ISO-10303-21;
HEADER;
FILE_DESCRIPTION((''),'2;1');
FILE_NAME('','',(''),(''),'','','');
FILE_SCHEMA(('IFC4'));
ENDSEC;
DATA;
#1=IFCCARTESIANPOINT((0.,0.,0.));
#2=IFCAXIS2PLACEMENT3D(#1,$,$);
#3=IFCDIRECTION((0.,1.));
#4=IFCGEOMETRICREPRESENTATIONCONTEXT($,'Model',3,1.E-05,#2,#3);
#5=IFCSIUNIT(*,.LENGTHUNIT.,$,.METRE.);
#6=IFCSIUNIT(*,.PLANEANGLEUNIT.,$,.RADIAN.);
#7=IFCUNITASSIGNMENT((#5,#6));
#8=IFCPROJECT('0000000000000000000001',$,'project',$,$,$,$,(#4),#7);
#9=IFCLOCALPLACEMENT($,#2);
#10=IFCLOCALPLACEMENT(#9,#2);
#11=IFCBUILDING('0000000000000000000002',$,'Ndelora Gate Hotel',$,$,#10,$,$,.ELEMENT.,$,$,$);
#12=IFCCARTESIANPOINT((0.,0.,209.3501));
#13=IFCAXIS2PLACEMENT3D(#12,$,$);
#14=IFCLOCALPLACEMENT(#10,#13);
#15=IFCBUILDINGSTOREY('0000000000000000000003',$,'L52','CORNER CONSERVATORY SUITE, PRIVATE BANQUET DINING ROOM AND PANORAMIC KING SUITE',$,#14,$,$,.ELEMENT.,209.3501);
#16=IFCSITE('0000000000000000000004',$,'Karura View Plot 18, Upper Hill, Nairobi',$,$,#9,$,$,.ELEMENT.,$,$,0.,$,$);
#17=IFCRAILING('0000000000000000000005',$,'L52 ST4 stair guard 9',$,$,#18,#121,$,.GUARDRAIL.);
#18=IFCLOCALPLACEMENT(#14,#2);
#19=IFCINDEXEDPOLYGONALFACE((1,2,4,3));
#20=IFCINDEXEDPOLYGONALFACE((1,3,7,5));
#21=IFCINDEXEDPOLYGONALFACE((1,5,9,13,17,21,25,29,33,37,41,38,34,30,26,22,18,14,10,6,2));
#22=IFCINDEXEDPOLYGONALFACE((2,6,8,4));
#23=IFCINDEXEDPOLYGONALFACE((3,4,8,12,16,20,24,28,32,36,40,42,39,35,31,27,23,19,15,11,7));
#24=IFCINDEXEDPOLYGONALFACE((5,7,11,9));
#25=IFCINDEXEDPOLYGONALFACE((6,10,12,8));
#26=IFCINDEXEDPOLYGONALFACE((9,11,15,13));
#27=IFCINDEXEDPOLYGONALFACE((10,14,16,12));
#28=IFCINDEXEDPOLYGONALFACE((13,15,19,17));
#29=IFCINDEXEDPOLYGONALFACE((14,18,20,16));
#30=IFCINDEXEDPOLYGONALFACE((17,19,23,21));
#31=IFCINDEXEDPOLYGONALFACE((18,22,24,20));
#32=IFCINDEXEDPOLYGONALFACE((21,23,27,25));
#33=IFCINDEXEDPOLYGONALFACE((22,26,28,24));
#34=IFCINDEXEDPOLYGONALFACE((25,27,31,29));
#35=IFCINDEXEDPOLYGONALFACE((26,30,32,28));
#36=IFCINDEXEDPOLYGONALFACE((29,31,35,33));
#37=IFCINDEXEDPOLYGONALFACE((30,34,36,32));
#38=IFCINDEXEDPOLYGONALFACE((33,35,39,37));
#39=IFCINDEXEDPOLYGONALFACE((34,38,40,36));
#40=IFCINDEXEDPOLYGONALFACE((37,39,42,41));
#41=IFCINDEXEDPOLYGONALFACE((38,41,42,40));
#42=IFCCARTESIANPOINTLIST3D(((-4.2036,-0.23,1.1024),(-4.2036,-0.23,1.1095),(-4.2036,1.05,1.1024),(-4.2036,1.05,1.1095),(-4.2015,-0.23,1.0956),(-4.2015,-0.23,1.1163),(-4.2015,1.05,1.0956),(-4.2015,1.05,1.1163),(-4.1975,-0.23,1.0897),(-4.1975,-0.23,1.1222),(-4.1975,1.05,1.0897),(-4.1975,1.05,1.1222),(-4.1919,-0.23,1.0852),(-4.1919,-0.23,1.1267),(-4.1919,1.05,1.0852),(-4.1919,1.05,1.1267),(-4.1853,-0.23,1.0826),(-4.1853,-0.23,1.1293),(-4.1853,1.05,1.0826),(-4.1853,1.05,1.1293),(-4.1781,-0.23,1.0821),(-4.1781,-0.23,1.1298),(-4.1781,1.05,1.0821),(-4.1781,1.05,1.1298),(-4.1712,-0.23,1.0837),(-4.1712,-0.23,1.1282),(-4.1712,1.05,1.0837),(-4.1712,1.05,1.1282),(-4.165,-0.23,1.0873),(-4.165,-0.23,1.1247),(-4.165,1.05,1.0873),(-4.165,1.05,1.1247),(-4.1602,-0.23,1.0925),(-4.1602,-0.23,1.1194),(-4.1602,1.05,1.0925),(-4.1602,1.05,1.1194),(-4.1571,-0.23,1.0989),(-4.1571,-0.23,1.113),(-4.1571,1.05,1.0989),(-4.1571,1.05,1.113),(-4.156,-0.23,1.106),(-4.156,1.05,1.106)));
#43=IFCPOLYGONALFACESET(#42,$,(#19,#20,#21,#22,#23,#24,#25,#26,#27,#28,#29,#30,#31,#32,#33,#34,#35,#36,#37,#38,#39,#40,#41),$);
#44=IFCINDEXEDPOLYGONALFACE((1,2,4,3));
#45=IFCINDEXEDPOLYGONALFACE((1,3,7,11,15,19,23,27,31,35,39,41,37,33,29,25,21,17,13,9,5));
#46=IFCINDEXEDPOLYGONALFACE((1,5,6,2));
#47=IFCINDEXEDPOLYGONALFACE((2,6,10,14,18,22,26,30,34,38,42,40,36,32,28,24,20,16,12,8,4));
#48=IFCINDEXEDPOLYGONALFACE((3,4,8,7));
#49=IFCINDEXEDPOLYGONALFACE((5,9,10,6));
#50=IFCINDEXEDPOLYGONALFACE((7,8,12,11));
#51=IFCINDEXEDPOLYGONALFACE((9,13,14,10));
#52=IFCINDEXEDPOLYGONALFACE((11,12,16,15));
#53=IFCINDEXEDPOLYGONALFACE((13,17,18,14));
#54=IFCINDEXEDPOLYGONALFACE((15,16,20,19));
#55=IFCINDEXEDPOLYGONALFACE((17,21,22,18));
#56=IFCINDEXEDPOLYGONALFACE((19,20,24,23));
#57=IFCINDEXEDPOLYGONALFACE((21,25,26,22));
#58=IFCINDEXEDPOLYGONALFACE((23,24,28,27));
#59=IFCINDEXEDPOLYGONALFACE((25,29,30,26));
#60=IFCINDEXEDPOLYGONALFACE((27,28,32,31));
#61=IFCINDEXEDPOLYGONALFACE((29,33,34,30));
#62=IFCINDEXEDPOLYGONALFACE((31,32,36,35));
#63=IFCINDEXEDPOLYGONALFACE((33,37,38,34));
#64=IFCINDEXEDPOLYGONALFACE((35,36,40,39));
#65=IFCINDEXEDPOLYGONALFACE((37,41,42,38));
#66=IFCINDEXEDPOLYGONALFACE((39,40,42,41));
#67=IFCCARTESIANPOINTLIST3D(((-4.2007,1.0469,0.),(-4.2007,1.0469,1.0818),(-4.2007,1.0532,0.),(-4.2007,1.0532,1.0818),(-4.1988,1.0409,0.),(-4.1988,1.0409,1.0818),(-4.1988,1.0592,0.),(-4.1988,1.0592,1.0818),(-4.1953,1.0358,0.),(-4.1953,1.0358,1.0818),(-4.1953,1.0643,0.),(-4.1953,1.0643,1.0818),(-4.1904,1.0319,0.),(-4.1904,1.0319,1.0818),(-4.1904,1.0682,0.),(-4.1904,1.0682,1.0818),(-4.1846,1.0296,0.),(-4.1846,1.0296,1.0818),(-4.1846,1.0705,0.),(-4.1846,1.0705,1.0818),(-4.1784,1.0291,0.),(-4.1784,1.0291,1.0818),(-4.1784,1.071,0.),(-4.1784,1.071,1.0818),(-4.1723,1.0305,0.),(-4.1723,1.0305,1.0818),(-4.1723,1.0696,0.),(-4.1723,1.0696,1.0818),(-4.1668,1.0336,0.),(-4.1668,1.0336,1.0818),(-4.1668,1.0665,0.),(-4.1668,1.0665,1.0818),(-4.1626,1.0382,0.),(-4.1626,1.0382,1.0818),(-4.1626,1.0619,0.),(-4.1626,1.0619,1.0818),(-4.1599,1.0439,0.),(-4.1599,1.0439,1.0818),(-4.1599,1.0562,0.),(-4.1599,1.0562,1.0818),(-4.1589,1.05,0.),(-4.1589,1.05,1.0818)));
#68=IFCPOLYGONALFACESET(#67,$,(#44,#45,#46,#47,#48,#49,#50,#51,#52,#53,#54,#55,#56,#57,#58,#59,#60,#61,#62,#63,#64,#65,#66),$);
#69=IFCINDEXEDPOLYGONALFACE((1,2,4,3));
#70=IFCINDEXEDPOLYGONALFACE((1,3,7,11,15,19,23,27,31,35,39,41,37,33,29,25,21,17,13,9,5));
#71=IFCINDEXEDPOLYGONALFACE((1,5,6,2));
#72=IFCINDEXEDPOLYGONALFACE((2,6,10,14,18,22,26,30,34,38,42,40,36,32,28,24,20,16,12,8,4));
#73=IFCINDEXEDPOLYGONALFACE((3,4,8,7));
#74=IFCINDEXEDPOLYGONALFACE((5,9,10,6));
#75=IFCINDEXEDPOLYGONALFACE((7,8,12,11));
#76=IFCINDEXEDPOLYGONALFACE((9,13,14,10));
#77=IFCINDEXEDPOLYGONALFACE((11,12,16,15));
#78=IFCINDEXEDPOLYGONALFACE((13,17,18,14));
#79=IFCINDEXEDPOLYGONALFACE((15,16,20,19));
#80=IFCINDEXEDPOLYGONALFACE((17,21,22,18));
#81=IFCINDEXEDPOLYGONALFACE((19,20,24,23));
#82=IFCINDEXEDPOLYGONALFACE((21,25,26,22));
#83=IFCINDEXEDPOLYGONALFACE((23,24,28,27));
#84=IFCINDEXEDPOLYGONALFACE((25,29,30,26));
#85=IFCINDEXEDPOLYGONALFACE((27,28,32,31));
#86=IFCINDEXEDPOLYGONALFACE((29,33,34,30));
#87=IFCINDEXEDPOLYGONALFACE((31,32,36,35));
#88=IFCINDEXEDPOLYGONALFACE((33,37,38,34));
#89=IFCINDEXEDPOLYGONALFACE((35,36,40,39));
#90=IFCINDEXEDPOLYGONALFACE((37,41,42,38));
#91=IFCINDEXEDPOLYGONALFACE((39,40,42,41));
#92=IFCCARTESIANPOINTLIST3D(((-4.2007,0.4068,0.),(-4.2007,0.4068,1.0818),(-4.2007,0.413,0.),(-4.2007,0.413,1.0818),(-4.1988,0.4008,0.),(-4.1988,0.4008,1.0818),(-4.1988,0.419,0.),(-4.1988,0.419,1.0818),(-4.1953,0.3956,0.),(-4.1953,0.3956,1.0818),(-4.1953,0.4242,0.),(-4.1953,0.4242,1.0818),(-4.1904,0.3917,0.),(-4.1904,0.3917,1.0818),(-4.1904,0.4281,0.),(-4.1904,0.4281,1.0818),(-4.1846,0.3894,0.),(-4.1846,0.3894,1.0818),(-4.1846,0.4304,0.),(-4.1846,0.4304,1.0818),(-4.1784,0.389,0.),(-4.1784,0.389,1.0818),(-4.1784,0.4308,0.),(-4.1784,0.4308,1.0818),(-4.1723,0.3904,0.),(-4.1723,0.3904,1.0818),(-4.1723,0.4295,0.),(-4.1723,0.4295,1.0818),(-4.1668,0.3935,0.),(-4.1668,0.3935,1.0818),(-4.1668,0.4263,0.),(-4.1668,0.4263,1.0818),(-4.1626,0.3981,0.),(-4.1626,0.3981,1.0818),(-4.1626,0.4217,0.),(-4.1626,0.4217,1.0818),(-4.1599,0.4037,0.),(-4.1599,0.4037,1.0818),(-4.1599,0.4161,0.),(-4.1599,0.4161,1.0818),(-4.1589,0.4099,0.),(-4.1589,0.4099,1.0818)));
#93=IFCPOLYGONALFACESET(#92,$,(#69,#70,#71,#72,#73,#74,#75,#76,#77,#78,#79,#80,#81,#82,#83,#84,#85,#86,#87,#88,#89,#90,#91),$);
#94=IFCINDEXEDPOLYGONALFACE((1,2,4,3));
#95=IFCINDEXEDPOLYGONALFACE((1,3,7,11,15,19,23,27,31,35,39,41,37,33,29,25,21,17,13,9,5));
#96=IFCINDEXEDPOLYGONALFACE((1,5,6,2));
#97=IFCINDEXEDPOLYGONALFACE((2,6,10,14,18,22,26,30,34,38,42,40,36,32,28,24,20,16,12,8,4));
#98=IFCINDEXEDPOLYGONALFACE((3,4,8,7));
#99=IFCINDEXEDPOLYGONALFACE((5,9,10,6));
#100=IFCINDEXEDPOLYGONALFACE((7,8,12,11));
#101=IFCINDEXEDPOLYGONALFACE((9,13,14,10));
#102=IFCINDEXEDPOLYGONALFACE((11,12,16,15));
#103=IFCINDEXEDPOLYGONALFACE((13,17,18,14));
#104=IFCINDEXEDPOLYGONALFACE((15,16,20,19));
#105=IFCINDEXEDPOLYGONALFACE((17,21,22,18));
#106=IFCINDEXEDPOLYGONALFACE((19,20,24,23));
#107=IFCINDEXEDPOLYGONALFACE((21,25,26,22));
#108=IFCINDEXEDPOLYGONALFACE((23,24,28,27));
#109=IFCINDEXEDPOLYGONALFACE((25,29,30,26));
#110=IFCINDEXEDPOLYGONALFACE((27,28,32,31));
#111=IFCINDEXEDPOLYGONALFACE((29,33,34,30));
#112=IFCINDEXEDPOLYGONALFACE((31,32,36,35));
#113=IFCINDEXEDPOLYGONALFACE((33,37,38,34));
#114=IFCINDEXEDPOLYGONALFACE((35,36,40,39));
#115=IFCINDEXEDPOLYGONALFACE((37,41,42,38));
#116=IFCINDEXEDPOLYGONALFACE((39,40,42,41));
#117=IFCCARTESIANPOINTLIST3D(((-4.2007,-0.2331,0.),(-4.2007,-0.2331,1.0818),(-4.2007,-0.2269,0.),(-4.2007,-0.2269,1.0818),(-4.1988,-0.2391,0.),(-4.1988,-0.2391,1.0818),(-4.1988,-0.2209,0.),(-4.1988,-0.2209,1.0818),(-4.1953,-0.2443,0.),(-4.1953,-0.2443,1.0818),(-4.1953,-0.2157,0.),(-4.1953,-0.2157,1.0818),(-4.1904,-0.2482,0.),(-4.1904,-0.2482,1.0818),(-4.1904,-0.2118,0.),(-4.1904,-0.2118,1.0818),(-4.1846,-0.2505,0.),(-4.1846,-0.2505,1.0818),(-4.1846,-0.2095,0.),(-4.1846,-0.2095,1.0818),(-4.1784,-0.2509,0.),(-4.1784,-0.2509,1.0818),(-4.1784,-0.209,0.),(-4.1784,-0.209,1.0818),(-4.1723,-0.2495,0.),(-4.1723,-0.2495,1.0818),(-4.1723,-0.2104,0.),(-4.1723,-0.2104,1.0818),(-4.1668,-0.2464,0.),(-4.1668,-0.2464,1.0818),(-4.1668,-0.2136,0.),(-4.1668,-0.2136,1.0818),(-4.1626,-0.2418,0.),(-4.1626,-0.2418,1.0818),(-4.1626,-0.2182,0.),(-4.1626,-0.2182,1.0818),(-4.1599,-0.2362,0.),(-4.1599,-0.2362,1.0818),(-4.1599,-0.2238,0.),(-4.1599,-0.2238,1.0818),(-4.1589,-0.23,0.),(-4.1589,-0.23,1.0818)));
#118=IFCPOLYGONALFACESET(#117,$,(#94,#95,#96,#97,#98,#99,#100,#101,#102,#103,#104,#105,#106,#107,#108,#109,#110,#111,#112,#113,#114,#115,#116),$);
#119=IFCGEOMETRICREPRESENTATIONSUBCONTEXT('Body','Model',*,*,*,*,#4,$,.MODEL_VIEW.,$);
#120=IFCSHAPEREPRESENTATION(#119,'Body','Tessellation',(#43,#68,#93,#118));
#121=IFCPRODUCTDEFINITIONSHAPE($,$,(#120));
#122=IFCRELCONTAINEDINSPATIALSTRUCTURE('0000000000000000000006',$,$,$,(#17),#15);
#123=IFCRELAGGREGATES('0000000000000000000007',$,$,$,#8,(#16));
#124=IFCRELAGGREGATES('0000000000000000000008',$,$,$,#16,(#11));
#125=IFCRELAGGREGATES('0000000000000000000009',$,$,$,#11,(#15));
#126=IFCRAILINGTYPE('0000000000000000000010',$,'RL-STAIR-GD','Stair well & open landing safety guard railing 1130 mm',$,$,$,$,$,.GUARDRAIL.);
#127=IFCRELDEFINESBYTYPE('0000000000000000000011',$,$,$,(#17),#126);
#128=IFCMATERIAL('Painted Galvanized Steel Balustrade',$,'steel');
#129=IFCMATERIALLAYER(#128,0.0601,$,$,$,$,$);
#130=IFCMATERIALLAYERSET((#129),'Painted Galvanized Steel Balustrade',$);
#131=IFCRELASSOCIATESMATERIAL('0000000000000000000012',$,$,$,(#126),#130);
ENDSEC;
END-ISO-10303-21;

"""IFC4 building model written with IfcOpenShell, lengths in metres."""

from ifc_helpers import new_model, si_unit, direction, frame, origin, origin_2d, place, context, subcontext, project, spatial, circle, extrude, material, layer, layer_set, type_object, element, save


model = new_model("IFC4")

# Units and contexts
model_context = context("Model", 3, precision=1e-05, world=origin(), true_north=direction((0.0, 1.0)))
body_context = subcontext(model_context, "Body", "Model", "MODEL_VIEW")
ifc_project = project(units=[si_unit("LENGTHUNIT", "METRE"), si_unit("PLANEANGLEUNIT", "RADIAN")], contexts=[model_context])

# Site, building, storey
site_placement = place(None, origin())
site = spatial("IfcSite", under=ifc_project, at=site_placement, Name="Karura View Plot 18, Upper Hill, Nairobi", CompositionType="ELEMENT", RefElevation=0.0)
building_placement = place(site_placement, origin())
building = spatial("IfcBuilding", under=site, at=building_placement, Name="Ndelora Gate Hotel", CompositionType="ELEMENT")
storey_placement = place(building_placement, frame((0.0, 0.0, 209.3501)))
storey = spatial("IfcBuildingStorey", under=building, at=storey_placement, Name="L52", Description="CORNER CONSERVATORY SUITE, PRIVATE BANQUET DINING ROOM AND PANORAMIC KING SUITE", CompositionType="ELEMENT", Elevation=209.3501)

# Railing
ifc_material_1 = material(Name="Painted Galvanized Steel Balustrade", Category="steel")
ifc_layer_1 = layer(ifc_material_1, 0.0601)
ifc_layer_set_1 = layer_set([ifc_layer_1], Name="Painted Galvanized Steel Balustrade")
railing_type = type_object("IfcRailingType", Name="RL-STAIR-GD", Description="Stair well & open landing safety guard railing 1130 mm", PredefinedType="GUARDRAIL", material=ifc_layer_set_1)
for number, where, name in (
    (1, (-4.1799, 1.05, 0.0), "L52 ST4 stair guard 9"),
):
    element("IfcRailing", number, at=place(storey_placement, frame(where)), inside=storey, type_object=railing_type, Name=name, PredefinedType="GUARDRAIL", context=body_context, shape_type="SweptSolid", body=[
        extrude(circle(Radius=0.0239, at=origin_2d()), frame((0.0, 0.0, 1.106), z_axis=(0.0, -1.0, 0.0), x_axis=(1.0, 0.0, 0.0)), (0.0, 0.0, 1.0), 1.28),
        extrude(circle(Radius=0.021, at=origin_2d()), origin(), (0.0, 0.0, 1.0), 1.0818),
        extrude(circle(Radius=0.021, at=origin_2d()), frame((0.0, -0.6401, 0.0)), (0.0, 0.0, 1.0), 1.0818),
        extrude(circle(Radius=0.021, at=origin_2d()), frame((0.0, -1.28, 0.0)), (0.0, 0.0, 1.0), 1.0818),
    ])

save(model, "model.ifc")
